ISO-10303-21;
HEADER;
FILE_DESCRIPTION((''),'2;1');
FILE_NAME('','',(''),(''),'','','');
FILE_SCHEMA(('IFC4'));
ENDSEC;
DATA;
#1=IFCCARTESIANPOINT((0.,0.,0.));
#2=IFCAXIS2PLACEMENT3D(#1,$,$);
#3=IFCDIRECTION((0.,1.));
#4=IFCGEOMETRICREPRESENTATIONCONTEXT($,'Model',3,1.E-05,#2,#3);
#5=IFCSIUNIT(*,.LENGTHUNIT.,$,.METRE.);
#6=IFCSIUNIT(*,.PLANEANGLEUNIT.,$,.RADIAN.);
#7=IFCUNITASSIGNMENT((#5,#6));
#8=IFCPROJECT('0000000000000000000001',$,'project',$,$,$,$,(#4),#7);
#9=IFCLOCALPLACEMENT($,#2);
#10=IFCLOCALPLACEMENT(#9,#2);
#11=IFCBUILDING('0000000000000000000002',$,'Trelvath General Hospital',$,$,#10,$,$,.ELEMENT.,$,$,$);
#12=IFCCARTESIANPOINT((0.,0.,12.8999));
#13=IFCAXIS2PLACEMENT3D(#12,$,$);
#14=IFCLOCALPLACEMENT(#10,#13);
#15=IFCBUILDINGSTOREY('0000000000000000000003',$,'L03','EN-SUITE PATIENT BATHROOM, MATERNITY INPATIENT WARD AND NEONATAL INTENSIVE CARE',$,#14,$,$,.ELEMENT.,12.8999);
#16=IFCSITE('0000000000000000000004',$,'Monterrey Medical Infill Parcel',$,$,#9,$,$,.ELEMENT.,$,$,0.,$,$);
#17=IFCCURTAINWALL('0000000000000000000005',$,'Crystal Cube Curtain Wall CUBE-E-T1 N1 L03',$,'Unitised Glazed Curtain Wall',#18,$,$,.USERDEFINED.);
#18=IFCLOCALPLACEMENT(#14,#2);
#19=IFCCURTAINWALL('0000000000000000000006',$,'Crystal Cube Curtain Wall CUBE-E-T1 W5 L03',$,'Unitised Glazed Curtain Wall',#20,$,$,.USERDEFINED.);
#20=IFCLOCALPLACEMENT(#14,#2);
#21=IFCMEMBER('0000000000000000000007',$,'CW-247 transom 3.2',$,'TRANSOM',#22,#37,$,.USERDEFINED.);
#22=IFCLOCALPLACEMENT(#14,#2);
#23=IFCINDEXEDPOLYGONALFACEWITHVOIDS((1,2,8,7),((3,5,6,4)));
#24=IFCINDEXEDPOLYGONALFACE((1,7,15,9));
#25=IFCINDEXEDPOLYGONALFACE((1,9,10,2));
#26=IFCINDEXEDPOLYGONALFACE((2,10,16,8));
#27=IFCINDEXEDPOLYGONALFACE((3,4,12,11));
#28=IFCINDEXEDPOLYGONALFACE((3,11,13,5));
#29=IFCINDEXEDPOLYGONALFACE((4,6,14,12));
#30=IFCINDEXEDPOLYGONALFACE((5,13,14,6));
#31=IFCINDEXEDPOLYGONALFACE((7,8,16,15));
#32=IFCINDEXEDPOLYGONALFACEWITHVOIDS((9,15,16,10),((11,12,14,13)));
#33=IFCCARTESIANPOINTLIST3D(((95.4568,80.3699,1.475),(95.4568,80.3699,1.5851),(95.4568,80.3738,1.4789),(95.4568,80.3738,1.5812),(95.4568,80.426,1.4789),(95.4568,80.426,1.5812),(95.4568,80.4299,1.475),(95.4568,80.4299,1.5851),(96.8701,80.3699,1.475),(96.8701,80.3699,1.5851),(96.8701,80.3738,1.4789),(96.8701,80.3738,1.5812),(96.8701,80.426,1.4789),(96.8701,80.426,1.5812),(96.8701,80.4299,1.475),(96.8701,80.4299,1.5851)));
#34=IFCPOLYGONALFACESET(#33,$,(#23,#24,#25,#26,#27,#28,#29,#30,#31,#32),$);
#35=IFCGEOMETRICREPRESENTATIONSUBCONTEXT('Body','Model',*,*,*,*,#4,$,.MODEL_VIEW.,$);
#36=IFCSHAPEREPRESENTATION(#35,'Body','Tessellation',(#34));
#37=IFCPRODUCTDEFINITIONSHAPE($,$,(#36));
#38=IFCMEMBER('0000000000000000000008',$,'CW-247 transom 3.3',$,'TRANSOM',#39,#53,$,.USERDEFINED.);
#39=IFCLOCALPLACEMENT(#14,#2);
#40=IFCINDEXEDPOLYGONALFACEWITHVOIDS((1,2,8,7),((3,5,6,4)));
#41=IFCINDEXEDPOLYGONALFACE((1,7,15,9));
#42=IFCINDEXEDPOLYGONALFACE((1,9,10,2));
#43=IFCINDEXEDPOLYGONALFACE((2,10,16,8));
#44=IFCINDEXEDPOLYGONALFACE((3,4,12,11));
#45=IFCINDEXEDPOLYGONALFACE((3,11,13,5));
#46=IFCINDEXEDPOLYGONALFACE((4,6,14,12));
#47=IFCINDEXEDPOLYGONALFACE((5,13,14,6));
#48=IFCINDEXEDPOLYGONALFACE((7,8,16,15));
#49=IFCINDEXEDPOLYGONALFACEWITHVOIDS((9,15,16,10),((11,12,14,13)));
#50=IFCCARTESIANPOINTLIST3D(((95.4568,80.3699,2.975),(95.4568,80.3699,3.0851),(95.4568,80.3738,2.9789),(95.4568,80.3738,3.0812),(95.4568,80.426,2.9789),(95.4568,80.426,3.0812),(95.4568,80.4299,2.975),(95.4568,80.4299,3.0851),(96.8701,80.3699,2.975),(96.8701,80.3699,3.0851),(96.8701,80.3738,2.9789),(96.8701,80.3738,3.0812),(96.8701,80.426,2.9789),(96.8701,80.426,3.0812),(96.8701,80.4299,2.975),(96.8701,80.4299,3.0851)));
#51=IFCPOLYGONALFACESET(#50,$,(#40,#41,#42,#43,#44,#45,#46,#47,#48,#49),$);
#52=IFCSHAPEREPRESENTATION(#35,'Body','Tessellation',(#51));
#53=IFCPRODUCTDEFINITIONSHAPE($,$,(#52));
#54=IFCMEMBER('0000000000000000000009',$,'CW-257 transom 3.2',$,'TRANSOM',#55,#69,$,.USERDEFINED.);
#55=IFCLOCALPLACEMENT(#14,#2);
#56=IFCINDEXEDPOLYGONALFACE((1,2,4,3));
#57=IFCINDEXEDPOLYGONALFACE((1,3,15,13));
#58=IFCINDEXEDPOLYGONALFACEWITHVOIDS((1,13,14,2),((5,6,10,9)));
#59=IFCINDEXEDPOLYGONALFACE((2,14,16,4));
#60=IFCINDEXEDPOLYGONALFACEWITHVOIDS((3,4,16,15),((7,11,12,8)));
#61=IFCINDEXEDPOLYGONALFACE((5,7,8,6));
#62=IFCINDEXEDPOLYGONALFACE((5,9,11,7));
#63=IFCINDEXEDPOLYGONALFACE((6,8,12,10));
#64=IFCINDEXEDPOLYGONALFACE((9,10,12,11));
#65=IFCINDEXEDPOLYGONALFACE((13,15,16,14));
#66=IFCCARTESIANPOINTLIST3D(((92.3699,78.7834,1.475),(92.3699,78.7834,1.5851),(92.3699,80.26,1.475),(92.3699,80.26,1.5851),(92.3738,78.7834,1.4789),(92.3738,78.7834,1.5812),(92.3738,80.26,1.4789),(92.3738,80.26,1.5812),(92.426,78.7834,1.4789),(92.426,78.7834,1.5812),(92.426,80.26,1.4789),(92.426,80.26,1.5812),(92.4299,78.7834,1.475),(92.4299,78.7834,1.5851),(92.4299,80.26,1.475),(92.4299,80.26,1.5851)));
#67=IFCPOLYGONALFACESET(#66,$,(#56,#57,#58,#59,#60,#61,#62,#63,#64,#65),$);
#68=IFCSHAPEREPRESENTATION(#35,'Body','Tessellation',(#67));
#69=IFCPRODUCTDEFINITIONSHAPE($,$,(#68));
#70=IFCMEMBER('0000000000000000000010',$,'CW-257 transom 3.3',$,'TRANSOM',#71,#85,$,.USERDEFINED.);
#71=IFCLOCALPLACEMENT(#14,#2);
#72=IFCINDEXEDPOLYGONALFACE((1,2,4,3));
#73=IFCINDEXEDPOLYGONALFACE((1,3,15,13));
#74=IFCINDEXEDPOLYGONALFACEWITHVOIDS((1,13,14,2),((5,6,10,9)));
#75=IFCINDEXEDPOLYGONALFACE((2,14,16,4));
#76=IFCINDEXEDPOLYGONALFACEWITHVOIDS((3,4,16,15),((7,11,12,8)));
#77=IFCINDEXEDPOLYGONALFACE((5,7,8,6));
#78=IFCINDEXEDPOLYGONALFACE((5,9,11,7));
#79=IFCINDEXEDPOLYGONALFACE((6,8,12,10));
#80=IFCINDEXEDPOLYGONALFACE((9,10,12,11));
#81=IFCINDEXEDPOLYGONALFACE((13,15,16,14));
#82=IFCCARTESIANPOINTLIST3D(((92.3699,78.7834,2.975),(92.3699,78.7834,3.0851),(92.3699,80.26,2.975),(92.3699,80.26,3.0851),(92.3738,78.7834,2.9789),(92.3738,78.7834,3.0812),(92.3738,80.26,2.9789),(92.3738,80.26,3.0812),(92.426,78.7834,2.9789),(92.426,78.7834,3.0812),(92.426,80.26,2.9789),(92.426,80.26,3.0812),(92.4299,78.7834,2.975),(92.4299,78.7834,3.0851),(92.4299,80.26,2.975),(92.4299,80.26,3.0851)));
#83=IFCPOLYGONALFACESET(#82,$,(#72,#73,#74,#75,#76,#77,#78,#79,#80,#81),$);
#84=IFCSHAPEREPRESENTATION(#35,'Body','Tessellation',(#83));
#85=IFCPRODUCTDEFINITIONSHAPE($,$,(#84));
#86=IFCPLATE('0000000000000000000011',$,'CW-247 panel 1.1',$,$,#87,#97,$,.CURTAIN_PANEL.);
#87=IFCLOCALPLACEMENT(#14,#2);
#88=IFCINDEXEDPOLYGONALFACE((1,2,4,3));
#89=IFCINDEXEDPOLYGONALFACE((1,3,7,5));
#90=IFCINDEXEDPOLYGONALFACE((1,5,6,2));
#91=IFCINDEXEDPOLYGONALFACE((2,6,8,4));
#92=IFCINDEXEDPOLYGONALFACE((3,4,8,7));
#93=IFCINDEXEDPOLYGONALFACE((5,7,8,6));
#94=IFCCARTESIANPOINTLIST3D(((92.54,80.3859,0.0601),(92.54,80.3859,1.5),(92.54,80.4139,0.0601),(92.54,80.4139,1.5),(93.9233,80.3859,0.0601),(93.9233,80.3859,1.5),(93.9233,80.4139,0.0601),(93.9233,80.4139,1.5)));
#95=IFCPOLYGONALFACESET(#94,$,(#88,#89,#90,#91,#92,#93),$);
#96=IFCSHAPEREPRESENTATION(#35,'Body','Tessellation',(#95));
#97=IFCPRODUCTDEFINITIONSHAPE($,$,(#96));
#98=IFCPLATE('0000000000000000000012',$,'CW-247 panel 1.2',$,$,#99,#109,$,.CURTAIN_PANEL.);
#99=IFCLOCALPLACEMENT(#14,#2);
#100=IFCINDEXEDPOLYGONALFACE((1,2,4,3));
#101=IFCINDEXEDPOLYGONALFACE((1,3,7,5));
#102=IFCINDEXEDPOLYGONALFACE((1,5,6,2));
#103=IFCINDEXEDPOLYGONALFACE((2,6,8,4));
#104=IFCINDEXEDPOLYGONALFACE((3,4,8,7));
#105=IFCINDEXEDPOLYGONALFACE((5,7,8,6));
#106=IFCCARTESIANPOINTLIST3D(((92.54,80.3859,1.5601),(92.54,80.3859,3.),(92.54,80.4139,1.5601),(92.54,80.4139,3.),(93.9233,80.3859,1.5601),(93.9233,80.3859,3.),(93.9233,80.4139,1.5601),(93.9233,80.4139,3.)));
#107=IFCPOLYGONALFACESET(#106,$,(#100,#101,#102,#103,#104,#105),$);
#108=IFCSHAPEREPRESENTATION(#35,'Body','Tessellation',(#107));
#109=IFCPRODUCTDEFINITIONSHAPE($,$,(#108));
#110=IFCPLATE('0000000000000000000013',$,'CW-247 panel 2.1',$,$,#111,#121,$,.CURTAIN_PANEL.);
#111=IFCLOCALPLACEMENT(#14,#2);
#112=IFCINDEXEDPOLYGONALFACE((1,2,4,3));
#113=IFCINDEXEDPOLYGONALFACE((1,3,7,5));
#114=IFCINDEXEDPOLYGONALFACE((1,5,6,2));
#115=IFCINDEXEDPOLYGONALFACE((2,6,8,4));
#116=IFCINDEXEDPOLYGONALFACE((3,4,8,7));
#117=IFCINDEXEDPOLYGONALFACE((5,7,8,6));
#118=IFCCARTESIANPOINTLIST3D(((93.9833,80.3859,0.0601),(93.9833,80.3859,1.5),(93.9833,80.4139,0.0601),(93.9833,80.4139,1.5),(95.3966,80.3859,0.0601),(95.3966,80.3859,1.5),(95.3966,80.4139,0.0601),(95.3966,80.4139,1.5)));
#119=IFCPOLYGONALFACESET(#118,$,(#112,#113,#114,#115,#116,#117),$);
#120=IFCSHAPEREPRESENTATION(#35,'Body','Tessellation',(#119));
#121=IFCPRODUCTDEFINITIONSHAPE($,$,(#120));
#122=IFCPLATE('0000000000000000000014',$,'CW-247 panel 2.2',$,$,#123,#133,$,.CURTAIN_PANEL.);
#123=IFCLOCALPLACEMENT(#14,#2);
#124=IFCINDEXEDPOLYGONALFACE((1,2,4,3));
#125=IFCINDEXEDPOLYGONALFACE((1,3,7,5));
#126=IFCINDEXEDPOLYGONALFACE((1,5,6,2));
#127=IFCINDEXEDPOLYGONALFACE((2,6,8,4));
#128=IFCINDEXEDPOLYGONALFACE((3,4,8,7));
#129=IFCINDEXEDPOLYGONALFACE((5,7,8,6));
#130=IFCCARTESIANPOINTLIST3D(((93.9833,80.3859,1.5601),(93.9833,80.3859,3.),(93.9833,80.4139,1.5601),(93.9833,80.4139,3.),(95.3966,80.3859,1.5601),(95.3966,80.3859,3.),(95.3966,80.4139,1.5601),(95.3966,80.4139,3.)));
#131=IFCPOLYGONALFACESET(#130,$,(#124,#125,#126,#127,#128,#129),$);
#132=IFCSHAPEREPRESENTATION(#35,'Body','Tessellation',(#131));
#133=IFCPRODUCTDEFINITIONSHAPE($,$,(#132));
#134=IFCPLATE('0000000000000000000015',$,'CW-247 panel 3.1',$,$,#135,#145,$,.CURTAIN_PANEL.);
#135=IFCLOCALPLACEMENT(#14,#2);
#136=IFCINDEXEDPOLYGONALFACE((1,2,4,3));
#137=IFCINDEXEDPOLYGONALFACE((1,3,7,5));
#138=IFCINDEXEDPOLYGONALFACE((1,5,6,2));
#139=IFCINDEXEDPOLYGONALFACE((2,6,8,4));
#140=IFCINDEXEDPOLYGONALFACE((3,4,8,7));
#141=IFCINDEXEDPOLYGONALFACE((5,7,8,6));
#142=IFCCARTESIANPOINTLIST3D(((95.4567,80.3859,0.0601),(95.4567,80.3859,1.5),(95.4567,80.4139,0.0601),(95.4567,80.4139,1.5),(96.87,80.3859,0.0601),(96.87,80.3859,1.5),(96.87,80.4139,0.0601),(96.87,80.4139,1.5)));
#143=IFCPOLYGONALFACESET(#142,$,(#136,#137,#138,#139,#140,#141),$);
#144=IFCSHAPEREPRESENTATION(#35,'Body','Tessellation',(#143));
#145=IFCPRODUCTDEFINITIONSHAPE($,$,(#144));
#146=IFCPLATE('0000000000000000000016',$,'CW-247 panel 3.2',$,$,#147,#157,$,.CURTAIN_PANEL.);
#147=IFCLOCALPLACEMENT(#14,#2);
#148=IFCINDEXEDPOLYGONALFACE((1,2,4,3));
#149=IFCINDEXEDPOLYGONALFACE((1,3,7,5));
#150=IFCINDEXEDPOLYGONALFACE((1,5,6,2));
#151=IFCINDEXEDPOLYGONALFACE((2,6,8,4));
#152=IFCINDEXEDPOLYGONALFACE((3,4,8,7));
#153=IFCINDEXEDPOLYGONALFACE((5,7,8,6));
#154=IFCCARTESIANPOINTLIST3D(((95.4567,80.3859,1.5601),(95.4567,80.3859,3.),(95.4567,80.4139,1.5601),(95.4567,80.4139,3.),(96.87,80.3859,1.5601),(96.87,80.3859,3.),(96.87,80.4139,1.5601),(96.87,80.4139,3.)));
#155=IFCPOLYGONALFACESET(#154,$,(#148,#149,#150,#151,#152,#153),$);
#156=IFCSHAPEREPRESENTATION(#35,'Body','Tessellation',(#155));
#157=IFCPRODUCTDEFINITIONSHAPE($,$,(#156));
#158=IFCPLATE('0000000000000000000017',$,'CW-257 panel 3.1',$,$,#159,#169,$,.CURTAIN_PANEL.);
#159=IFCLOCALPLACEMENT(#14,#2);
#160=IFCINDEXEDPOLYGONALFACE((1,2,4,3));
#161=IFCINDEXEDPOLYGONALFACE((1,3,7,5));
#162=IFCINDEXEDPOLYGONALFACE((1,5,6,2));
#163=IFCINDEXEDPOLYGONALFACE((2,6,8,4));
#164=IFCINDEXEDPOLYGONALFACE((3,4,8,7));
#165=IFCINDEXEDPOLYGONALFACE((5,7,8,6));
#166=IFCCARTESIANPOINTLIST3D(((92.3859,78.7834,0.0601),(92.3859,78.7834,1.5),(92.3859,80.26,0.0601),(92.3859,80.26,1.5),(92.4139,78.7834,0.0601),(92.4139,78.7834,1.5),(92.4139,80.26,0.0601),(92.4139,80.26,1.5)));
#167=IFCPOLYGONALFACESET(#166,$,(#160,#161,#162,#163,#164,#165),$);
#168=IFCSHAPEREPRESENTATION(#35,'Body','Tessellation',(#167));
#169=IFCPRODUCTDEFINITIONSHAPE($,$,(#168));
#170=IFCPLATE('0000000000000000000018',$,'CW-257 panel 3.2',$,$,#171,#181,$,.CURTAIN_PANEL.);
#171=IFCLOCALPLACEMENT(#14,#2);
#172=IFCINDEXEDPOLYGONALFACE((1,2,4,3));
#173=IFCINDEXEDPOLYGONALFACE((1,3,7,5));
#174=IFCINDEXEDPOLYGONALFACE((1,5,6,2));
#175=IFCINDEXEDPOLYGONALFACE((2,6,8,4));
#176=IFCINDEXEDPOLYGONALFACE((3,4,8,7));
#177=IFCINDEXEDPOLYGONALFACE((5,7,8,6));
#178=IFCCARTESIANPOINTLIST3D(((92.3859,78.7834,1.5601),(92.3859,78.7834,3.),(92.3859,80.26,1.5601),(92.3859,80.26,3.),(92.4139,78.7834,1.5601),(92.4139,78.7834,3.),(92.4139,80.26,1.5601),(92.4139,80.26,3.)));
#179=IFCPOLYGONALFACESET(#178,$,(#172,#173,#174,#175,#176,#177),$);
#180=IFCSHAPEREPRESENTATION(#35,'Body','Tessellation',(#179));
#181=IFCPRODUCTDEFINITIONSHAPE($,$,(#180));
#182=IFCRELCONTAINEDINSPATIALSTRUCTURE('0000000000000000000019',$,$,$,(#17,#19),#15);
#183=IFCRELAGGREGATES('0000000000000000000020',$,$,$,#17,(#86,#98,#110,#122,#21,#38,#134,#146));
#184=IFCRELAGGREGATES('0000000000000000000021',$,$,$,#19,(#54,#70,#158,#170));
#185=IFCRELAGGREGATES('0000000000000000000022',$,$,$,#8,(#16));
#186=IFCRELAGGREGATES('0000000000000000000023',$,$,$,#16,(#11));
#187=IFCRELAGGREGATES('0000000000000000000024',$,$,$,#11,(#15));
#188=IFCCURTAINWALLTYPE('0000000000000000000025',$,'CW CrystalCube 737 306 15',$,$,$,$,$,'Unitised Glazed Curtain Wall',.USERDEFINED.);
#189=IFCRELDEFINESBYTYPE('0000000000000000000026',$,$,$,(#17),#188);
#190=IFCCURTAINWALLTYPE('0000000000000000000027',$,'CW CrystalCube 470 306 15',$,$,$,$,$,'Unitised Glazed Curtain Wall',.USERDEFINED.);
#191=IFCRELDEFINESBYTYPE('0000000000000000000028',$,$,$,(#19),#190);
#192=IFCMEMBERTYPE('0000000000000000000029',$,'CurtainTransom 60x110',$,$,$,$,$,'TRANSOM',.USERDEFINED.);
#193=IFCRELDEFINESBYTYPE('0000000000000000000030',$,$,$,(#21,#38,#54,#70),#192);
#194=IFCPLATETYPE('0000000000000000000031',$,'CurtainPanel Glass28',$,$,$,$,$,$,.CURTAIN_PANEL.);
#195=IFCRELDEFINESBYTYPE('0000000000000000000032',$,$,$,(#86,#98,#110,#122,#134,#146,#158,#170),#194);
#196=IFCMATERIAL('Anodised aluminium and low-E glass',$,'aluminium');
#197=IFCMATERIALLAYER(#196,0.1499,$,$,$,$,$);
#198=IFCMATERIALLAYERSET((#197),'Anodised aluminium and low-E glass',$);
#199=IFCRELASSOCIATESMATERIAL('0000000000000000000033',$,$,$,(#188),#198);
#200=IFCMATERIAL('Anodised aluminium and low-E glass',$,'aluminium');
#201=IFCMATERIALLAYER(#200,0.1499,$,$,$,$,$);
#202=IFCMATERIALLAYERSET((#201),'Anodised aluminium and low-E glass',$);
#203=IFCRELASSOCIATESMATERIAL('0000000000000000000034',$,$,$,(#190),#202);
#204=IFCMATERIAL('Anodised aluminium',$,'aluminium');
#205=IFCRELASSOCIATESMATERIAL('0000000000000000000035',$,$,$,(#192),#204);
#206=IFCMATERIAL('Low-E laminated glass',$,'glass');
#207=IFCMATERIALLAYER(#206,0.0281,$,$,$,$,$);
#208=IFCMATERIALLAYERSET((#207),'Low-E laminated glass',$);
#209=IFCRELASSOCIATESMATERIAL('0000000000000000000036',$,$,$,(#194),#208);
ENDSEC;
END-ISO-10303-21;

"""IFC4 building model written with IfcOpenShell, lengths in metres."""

from ifc_helpers import new_model, si_unit, direction, frame, origin, origin_2d, place, context, subcontext, project, spatial, rectangle, hollow_rectangle, extrude, material, layer, layer_set, material_profile, profile_set, type_object, element, aggregate, save


model = new_model("IFC4")

# Units and contexts
model_context = context("Model", 3, precision=1e-05, world=origin(), true_north=direction((0.0, 1.0)))
body_context = subcontext(model_context, "Body", "Model", "MODEL_VIEW")
ifc_project = project(units=[si_unit("LENGTHUNIT", "METRE"), si_unit("PLANEANGLEUNIT", "RADIAN")], contexts=[model_context])

# Site, building, storey
site_placement = place(None, origin())
site = spatial("IfcSite", under=ifc_project, at=site_placement, Name="Monterrey Medical Infill Parcel", CompositionType="ELEMENT", RefElevation=0.0)
building_placement = place(site_placement, origin())
building = spatial("IfcBuilding", under=site, at=building_placement, Name="Trelvath General Hospital", CompositionType="ELEMENT")
storey_placement = place(building_placement, frame((0.0, 0.0, 12.8999)))
storey = spatial("IfcBuildingStorey", under=building, at=storey_placement, Name="L03", Description="EN-SUITE PATIENT BATHROOM, MATERNITY INPATIENT WARD AND NEONATAL INTENSIVE CARE", CompositionType="ELEMENT", Elevation=12.8999)

# Curtain wall
ifc_material_1 = material(Name="Anodised aluminium and low-E glass", Category="aluminium")
ifc_layer_1 = layer(ifc_material_1, 0.1499)
ifc_layer_set_1 = layer_set([ifc_layer_1], Name="Anodised aluminium and low-E glass")
curtain_wall_type_1 = type_object("IfcCurtainWallType", Name="CW CrystalCube 737 306 15", ElementType="Unitised Glazed Curtain Wall", PredefinedType="USERDEFINED", material=ifc_layer_set_1)
curtain_wall_1_placement = place(storey_placement, origin())
curtain_wall_1 = element("IfcCurtainWall", 1, at=curtain_wall_1_placement, inside=storey, type_object=curtain_wall_type_1, Name="Crystal Cube Curtain Wall CUBE-E-T1 N1 L03", ObjectType="Unitised Glazed Curtain Wall", PredefinedType="USERDEFINED")

# Curtain wall
ifc_material_2 = material(Name="Anodised aluminium and low-E glass", Category="aluminium")
ifc_layer_2 = layer(ifc_material_2, 0.1499)
ifc_layer_set_2 = layer_set([ifc_layer_2], Name="Anodised aluminium and low-E glass")
curtain_wall_type_2 = type_object("IfcCurtainWallType", Name="CW CrystalCube 470 306 15", ElementType="Unitised Glazed Curtain Wall", PredefinedType="USERDEFINED", material=ifc_layer_set_2)
curtain_wall_2_placement = place(storey_placement, origin())
curtain_wall_2 = element("IfcCurtainWall", 2, at=curtain_wall_2_placement, inside=storey, type_object=curtain_wall_type_2, Name="Crystal Cube Curtain Wall CUBE-E-T1 W5 L03", ObjectType="Unitised Glazed Curtain Wall", PredefinedType="USERDEFINED")

# Members
ifc_material_3 = material(Name="Anodised aluminium", Category="aluminium")
ifc_material_profile_1 = material_profile(ifc_material_3, hollow_rectangle(XDim=0.0601, YDim=0.1101, WallThickness=0.0039, at=origin_2d()), Name="RHS60x110x4")
ifc_profile_set_1 = profile_set([ifc_material_profile_1], Name="Anodised aluminium")
member_type_1 = type_object("IfcMemberType", Name="CurtainTransom 60x110", ElementType="TRANSOM", PredefinedType="USERDEFINED", material=ifc_profile_set_1)
member_1_placement = place(storey_placement, frame((95.4568, 80.3999, 1.53), z_axis=(1.0, 0.0, 0.0), x_axis=(0.0, 1.0, 0.0)))
member_1 = element("IfcMember", 3, at=member_1_placement, type_object=member_type_1, Name="CW-247 transom 3.2", ObjectType="TRANSOM", PredefinedType="USERDEFINED", context=body_context, shape_type="SweptSolid", body=[
    extrude(hollow_rectangle(XDim=0.0601, YDim=0.1101, WallThickness=0.0039, at=origin_2d()), origin(), (0.0, 0.0, 1.0), 1.4133),
])
member_2_placement = place(storey_placement, frame((95.4568, 80.3999, 3.03), z_axis=(1.0, 0.0, 0.0), x_axis=(0.0, 1.0, 0.0)))
member_2 = element("IfcMember", 4, at=member_2_placement, type_object=member_type_1, Name="CW-247 transom 3.3", ObjectType="TRANSOM", PredefinedType="USERDEFINED", context=body_context, shape_type="SweptSolid", body=[
    extrude(hollow_rectangle(XDim=0.0601, YDim=0.1101, WallThickness=0.0039, at=origin_2d()), origin(), (0.0, 0.0, 1.0), 1.4133),
])
member_3_placement = place(storey_placement, frame((92.3999, 78.7834, 1.53), z_axis=(0.0, 1.0, 0.0), x_axis=(-1.0, 0.0, 0.0)))
member_3 = element("IfcMember", 5, at=member_3_placement, type_object=member_type_1, Name="CW-257 transom 3.2", ObjectType="TRANSOM", PredefinedType="USERDEFINED", context=body_context, shape_type="SweptSolid", body=[
    extrude(hollow_rectangle(XDim=0.0601, YDim=0.1101, WallThickness=0.0039, at=origin_2d()), origin(), (0.0, 0.0, 1.0), 1.4766),
])
member_4_placement = place(storey_placement, frame((92.3999, 78.7834, 3.03), z_axis=(0.0, 1.0, 0.0), x_axis=(-1.0, 0.0, 0.0)))
member_4 = element("IfcMember", 6, at=member_4_placement, type_object=member_type_1, Name="CW-257 transom 3.3", ObjectType="TRANSOM", PredefinedType="USERDEFINED", context=body_context, shape_type="SweptSolid", body=[
    extrude(hollow_rectangle(XDim=0.0601, YDim=0.1101, WallThickness=0.0039, at=origin_2d()), origin(), (0.0, 0.0, 1.0), 1.4766),
])

# Plates
ifc_material_4 = material(Name="Low-E laminated glass", Category="glass")
ifc_layer_3 = layer(ifc_material_4, 0.0281)
ifc_layer_set_3 = layer_set([ifc_layer_3], Name="Low-E laminated glass")
plate_type = type_object("IfcPlateType", Name="CurtainPanel Glass28", PredefinedType="CURTAIN_PANEL", material=ifc_layer_set_3)
plate_1_placement = place(storey_placement, frame((93.2317, 80.3999, 0.0601), z_axis=(0.0, 0.0, 1.0), x_axis=(1.0, 0.0, 0.0)))
plate_1 = element("IfcPlate", 7, at=plate_1_placement, type_object=plate_type, Name="CW-247 panel 1.1", PredefinedType="CURTAIN_PANEL", context=body_context, shape_type="SweptSolid", body=[
    extrude(rectangle(XDim=1.3833, YDim=0.0281, at=origin_2d()), origin(), (0.0, 0.0, 1.0), 1.4399),
])
plate_2_placement = place(storey_placement, frame((93.2317, 80.3999, 1.5601), z_axis=(0.0, 0.0, 1.0), x_axis=(1.0, 0.0, 0.0)))
plate_2 = element("IfcPlate", 8, at=plate_2_placement, type_object=plate_type, Name="CW-247 panel 1.2", PredefinedType="CURTAIN_PANEL", context=body_context, shape_type="SweptSolid", body=[
    extrude(rectangle(XDim=1.3833, YDim=0.0281, at=origin_2d()), origin(), (0.0, 0.0, 1.0), 1.4399),
])
plate_3_placement = place(storey_placement, frame((94.6899, 80.3999, 0.0601), z_axis=(0.0, 0.0, 1.0), x_axis=(1.0, 0.0, 0.0)))
plate_3 = element("IfcPlate", 9, at=plate_3_placement, type_object=plate_type, Name="CW-247 panel 2.1", PredefinedType="CURTAIN_PANEL", context=body_context, shape_type="SweptSolid", body=[
    extrude(rectangle(XDim=1.4133, YDim=0.0281, at=origin_2d()), origin(), (0.0, 0.0, 1.0), 1.4399),
])
plate_4_placement = place(storey_placement, frame((94.6899, 80.3999, 1.5601), z_axis=(0.0, 0.0, 1.0), x_axis=(1.0, 0.0, 0.0)))
plate_4 = element("IfcPlate", 10, at=plate_4_placement, type_object=plate_type, Name="CW-247 panel 2.2", PredefinedType="CURTAIN_PANEL", context=body_context, shape_type="SweptSolid", body=[
    extrude(rectangle(XDim=1.4133, YDim=0.0281, at=origin_2d()), origin(), (0.0, 0.0, 1.0), 1.4399),
])
plate_5_placement = place(storey_placement, frame((96.1633, 80.3999, 0.0601), z_axis=(0.0, 0.0, 1.0), x_axis=(1.0, 0.0, 0.0)))
plate_5 = element("IfcPlate", 11, at=plate_5_placement, type_object=plate_type, Name="CW-247 panel 3.1", PredefinedType="CURTAIN_PANEL", context=body_context, shape_type="SweptSolid", body=[
    extrude(rectangle(XDim=1.4133, YDim=0.0281, at=origin_2d()), origin(), (0.0, 0.0, 1.0), 1.4399),
])
plate_6_placement = place(storey_placement, frame((96.1633, 80.3999, 1.5601), z_axis=(0.0, 0.0, 1.0), x_axis=(1.0, 0.0, 0.0)))
plate_6 = element("IfcPlate", 12, at=plate_6_placement, type_object=plate_type, Name="CW-247 panel 3.2", PredefinedType="CURTAIN_PANEL", context=body_context, shape_type="SweptSolid", body=[
    extrude(rectangle(XDim=1.4133, YDim=0.0281, at=origin_2d()), origin(), (0.0, 0.0, 1.0), 1.4399),
])
aggregate(curtain_wall_1, [plate_1, plate_2, plate_3, plate_4, member_1, member_2, plate_5, plate_6])
plate_7_placement = place(storey_placement, frame((92.3999, 79.5217, 0.0601), z_axis=(0.0, 0.0, 1.0), x_axis=(0.0, 1.0, 0.0)))
plate_7 = element("IfcPlate", 13, at=plate_7_placement, type_object=plate_type, Name="CW-257 panel 3.1", PredefinedType="CURTAIN_PANEL", context=body_context, shape_type="SweptSolid", body=[
    extrude(rectangle(XDim=1.4766, YDim=0.0281, at=origin_2d()), origin(), (0.0, 0.0, 1.0), 1.4399),
])
plate_8_placement = place(storey_placement, frame((92.3999, 79.5217, 1.5601), z_axis=(0.0, 0.0, 1.0), x_axis=(0.0, 1.0, 0.0)))
plate_8 = element("IfcPlate", 14, at=plate_8_placement, type_object=plate_type, Name="CW-257 panel 3.2", PredefinedType="CURTAIN_PANEL", context=body_context, shape_type="SweptSolid", body=[
    extrude(rectangle(XDim=1.4766, YDim=0.0281, at=origin_2d()), origin(), (0.0, 0.0, 1.0), 1.4399),
])
aggregate(curtain_wall_2, [member_3, member_4, plate_7, plate_8])

save(model, "model.ifc")
